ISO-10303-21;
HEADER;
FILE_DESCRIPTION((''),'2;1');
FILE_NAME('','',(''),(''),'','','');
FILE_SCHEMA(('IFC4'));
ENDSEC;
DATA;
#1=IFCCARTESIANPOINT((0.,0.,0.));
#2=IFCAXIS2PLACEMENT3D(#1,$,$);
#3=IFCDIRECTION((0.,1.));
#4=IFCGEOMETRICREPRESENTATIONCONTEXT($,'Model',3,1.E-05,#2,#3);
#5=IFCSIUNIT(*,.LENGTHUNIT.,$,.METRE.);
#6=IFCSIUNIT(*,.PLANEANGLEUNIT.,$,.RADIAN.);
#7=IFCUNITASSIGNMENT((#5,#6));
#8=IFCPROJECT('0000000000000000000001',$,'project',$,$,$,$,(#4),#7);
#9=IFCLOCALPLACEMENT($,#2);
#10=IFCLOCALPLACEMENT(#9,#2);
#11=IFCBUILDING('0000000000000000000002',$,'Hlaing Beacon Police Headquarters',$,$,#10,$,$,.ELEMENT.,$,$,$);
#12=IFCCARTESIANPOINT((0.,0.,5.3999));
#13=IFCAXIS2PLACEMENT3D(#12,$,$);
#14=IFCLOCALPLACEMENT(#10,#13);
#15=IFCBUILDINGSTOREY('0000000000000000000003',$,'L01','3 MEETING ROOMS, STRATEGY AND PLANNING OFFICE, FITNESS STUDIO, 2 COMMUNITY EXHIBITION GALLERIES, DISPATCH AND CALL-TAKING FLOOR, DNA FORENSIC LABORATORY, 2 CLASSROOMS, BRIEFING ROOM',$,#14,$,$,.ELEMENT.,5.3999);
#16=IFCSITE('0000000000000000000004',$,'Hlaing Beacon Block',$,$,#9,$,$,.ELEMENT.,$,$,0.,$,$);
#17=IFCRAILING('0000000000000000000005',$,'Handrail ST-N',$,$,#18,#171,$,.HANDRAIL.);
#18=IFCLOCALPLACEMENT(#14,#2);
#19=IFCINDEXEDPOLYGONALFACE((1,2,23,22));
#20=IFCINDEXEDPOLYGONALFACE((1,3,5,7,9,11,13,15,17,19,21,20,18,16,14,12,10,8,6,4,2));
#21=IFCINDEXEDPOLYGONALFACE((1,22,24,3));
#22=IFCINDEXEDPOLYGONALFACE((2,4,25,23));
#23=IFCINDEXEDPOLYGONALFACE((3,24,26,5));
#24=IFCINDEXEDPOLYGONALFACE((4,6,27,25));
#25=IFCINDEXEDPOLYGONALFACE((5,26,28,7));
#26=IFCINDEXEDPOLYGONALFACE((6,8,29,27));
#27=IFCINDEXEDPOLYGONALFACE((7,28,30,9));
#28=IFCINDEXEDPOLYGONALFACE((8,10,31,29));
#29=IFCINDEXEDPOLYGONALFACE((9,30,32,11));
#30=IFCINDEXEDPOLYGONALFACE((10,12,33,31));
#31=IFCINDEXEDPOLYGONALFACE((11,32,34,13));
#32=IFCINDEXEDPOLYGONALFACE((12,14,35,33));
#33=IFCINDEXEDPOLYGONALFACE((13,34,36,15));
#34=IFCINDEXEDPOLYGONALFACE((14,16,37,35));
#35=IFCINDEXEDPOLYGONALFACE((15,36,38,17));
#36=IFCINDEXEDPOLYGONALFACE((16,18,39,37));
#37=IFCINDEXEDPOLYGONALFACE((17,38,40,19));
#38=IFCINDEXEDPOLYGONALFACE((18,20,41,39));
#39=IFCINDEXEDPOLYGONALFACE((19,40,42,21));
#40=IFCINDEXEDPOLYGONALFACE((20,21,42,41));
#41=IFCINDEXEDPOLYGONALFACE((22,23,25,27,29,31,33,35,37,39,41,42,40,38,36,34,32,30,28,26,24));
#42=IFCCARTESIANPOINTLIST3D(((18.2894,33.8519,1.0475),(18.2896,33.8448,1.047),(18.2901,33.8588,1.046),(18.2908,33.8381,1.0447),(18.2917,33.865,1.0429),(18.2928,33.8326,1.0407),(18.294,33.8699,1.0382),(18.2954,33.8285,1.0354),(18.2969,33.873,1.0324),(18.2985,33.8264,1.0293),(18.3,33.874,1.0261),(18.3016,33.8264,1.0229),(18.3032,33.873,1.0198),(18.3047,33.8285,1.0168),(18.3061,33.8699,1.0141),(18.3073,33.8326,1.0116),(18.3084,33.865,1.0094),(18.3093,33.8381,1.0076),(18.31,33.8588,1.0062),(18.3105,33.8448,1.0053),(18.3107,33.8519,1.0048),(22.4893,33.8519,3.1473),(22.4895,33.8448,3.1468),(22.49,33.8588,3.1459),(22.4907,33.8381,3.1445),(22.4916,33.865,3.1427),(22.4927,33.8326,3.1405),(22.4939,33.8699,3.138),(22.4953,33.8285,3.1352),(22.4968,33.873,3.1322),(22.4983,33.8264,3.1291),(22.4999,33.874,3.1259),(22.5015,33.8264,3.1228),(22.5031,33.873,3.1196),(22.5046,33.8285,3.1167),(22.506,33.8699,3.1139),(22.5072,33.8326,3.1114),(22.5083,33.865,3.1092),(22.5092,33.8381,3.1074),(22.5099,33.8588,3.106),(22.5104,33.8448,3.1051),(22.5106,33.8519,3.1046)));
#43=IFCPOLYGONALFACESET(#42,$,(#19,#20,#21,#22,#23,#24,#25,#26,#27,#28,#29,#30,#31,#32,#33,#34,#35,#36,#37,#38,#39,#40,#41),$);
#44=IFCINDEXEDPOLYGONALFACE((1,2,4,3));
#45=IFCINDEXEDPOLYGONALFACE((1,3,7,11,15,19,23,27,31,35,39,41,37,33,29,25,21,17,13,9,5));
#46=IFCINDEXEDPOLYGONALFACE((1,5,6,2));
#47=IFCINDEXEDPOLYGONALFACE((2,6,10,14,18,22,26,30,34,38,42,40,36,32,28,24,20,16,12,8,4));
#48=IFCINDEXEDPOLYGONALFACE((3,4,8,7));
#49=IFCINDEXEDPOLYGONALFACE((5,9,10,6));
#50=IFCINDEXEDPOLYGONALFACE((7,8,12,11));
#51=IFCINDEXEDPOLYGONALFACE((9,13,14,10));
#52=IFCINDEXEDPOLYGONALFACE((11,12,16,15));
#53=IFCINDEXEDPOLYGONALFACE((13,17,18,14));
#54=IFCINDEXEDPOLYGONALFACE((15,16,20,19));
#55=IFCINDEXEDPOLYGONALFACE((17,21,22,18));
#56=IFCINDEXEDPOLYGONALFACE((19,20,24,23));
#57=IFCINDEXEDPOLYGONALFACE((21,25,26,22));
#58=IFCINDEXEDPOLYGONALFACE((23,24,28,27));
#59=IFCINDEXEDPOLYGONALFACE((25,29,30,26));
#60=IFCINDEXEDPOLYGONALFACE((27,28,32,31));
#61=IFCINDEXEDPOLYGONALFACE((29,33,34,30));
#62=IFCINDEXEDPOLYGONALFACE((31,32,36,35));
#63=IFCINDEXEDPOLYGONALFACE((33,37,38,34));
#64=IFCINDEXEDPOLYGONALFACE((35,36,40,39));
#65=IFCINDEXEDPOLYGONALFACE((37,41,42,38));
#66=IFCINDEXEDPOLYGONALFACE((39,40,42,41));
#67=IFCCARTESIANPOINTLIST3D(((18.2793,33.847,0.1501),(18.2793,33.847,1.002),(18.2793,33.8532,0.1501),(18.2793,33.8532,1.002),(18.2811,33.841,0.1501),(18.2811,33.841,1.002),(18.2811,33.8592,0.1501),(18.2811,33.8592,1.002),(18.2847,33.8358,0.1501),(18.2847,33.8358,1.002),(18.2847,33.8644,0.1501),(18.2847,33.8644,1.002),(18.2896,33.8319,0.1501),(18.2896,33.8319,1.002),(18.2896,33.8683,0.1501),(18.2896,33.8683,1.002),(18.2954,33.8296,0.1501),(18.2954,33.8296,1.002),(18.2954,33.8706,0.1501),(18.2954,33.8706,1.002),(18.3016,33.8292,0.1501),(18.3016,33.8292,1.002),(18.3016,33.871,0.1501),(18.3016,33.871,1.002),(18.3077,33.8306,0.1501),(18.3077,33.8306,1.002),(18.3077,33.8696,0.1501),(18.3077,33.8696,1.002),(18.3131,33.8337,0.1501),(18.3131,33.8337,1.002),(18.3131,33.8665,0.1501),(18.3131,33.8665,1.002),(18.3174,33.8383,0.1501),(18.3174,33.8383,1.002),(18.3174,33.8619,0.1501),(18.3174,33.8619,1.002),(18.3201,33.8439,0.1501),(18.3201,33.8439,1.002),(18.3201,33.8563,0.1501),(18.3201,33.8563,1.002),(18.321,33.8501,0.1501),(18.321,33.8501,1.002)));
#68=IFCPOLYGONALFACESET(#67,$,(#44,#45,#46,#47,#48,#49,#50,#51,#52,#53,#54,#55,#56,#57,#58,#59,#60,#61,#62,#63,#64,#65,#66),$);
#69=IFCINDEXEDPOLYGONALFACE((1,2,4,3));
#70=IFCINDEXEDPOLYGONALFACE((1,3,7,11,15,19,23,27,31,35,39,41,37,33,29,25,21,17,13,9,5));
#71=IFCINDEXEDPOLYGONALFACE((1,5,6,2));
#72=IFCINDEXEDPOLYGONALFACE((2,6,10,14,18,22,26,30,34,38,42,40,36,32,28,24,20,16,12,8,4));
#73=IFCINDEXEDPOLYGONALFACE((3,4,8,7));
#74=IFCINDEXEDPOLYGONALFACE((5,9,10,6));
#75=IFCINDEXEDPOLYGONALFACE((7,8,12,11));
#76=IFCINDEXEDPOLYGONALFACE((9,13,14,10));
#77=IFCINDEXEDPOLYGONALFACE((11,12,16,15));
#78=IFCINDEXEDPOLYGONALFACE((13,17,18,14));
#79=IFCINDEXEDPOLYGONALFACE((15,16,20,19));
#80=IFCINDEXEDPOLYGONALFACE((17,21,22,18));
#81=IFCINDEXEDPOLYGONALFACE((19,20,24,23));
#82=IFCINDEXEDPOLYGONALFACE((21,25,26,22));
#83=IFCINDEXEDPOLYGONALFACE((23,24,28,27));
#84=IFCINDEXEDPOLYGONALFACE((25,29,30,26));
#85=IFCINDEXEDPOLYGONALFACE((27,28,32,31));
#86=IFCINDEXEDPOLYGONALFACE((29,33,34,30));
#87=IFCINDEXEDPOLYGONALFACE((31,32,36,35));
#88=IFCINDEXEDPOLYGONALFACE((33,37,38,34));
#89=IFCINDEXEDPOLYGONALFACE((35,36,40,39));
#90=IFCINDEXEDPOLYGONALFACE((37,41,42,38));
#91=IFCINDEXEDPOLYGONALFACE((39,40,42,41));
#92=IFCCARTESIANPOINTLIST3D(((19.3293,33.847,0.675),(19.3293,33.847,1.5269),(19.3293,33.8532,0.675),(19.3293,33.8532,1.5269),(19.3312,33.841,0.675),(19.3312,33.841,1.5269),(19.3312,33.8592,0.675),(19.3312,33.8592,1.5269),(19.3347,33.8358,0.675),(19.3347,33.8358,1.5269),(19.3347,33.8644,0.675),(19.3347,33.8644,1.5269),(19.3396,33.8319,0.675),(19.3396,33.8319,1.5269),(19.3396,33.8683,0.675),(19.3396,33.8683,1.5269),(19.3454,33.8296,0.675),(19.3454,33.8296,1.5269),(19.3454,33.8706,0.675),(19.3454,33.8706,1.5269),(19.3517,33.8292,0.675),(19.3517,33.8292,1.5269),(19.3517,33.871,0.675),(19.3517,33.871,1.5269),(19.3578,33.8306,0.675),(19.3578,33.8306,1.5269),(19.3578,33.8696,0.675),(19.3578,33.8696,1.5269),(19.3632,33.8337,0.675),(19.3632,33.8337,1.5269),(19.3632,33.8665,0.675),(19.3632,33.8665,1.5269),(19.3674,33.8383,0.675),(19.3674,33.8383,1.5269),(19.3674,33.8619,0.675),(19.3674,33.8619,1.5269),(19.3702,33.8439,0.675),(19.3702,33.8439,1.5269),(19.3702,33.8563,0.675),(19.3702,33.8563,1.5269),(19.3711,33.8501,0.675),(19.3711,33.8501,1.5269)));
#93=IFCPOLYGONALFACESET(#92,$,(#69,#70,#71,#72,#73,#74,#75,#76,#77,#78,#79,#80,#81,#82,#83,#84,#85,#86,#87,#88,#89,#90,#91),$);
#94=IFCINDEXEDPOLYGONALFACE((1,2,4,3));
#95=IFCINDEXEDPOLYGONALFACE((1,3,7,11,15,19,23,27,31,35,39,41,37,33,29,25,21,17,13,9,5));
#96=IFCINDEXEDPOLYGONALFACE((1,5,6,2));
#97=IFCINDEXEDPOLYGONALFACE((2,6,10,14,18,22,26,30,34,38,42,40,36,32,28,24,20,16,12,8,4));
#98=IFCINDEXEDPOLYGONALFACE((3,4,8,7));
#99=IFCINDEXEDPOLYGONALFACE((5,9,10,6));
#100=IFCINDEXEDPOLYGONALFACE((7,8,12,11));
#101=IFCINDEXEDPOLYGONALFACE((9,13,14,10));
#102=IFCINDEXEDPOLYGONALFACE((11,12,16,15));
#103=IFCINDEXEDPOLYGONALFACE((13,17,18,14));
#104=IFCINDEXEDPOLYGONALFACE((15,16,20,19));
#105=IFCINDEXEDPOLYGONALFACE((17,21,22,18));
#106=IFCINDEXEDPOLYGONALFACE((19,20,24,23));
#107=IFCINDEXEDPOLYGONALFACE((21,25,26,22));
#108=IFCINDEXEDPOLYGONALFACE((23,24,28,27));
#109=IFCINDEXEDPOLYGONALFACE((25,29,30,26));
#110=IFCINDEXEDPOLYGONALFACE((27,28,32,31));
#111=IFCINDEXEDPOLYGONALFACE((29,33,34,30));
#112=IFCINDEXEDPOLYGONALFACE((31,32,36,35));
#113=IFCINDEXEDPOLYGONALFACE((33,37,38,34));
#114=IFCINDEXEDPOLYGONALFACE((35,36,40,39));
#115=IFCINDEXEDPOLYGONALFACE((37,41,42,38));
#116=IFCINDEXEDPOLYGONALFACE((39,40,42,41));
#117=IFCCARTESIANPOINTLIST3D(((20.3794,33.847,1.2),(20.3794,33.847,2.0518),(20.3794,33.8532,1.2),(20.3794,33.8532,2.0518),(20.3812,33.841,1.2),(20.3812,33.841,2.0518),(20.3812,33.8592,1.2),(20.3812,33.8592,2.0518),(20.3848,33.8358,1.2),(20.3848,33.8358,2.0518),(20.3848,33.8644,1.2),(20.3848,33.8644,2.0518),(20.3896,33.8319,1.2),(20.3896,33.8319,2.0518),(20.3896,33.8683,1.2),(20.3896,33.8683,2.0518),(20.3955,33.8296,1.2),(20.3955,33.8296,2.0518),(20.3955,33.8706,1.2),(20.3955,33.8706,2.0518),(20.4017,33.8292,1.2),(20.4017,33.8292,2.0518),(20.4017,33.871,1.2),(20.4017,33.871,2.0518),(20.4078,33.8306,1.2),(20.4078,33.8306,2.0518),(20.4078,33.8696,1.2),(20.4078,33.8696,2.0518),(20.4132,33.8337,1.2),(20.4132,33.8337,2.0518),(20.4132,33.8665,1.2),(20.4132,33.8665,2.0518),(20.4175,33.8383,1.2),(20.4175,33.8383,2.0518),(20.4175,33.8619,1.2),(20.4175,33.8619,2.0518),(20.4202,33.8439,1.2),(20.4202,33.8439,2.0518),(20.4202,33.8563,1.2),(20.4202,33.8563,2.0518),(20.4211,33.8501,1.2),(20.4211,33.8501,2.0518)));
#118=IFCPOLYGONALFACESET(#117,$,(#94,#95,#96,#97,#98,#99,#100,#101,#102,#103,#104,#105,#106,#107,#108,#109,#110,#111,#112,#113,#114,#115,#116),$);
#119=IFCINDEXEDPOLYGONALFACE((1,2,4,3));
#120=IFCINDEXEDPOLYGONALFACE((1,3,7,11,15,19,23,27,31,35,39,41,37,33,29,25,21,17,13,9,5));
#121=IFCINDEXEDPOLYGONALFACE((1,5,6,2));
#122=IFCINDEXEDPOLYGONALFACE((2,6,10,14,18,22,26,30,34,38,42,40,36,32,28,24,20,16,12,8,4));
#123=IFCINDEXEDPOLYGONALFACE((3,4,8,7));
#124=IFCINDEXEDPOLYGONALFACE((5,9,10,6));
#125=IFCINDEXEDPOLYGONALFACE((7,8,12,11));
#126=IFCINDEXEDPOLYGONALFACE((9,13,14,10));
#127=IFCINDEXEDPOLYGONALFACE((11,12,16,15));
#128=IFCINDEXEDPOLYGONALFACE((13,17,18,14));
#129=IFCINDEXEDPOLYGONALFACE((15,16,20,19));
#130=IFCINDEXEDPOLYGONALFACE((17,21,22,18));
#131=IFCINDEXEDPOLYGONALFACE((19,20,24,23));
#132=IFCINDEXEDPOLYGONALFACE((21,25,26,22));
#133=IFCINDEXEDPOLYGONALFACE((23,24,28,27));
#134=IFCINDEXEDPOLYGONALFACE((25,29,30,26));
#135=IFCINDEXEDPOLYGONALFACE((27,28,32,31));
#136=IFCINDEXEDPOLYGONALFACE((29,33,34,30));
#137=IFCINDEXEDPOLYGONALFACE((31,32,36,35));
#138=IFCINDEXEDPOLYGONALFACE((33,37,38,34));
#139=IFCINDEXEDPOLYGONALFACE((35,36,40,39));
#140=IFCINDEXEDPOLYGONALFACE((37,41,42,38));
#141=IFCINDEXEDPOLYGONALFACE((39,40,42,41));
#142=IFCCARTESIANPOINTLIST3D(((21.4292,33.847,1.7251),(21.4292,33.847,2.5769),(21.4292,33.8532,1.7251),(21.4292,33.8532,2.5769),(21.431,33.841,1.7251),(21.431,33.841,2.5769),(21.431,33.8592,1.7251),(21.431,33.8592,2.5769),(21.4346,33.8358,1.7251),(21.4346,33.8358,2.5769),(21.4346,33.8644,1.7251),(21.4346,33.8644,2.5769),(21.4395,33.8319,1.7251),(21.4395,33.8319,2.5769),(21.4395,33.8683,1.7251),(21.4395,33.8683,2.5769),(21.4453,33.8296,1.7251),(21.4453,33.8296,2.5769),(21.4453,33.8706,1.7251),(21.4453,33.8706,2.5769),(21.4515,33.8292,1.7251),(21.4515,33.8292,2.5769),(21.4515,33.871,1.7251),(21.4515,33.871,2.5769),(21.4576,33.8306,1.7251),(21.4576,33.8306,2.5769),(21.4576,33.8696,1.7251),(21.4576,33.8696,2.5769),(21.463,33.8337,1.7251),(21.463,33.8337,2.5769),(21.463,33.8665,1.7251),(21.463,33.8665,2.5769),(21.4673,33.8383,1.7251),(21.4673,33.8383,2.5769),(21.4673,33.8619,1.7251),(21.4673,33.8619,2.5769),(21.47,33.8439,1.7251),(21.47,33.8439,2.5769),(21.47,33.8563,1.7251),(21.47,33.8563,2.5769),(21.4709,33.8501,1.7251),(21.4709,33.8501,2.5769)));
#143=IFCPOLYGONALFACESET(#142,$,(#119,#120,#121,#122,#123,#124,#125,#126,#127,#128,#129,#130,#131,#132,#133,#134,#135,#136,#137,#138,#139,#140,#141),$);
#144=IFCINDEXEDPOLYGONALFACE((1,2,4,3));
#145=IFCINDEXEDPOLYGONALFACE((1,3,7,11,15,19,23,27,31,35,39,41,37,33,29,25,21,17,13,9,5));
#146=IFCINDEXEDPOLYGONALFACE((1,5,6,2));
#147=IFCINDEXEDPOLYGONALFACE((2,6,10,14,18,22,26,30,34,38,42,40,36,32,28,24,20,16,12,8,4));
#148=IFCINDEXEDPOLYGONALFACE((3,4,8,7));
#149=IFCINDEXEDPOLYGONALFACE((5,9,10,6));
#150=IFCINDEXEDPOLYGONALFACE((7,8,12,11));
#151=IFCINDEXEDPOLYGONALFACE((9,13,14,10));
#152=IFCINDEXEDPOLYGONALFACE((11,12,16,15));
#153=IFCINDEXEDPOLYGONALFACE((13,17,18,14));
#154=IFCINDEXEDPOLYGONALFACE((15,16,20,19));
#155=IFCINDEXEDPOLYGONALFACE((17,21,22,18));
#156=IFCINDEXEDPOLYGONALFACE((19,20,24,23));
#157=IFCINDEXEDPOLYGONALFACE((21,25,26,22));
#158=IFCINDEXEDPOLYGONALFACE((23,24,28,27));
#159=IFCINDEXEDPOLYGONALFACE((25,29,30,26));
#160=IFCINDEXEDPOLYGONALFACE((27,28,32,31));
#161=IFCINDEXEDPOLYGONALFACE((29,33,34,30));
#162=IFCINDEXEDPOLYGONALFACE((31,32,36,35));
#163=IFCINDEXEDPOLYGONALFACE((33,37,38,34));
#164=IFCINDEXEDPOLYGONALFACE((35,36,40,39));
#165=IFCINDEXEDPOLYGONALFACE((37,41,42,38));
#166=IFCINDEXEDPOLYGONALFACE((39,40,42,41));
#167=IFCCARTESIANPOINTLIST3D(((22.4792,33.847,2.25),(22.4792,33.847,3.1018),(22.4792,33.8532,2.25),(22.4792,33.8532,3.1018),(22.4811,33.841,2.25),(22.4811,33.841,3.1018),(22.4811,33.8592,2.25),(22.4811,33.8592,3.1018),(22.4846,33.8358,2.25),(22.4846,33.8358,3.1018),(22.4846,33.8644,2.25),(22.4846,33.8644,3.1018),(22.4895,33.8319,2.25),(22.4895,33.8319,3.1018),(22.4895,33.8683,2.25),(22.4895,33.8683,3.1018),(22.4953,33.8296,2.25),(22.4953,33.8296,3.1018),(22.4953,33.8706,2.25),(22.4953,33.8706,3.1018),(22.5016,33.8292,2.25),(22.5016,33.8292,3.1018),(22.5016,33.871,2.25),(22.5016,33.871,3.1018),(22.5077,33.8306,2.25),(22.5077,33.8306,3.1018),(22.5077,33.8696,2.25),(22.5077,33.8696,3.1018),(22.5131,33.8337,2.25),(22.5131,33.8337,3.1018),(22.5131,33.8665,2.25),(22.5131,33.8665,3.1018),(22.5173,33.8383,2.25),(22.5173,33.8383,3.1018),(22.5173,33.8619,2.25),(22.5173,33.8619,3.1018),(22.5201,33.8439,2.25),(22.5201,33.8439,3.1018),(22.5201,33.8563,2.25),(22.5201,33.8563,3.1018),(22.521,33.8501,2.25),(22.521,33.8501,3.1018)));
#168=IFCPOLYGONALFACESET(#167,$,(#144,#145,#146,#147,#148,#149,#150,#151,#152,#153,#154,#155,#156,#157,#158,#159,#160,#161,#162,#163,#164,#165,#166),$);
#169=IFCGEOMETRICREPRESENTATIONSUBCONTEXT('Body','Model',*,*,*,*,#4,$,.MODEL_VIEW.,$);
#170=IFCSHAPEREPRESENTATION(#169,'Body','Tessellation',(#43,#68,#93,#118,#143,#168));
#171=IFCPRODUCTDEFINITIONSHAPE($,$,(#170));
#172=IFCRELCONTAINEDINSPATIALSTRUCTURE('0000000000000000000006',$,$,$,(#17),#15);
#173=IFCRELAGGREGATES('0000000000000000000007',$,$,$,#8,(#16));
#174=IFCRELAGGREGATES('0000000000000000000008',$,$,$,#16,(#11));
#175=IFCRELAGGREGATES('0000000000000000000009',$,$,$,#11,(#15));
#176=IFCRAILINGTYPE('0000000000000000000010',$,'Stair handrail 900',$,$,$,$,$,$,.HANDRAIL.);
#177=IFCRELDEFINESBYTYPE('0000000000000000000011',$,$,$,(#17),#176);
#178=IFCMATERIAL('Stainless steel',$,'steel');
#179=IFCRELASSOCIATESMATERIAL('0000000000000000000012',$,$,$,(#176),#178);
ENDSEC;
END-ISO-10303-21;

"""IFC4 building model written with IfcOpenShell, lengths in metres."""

from ifc_helpers import new_model, si_unit, direction, frame, origin, origin_2d, place, context, subcontext, project, spatial, circle, extrude, material, type_object, element, save


model = new_model("IFC4")

# Units and contexts
model_context = context("Model", 3, precision=1e-05, world=origin(), true_north=direction((0.0, 1.0)))
body_context = subcontext(model_context, "Body", "Model", "MODEL_VIEW")
ifc_project = project(units=[si_unit("LENGTHUNIT", "METRE"), si_unit("PLANEANGLEUNIT", "RADIAN")], contexts=[model_context])

# Site, building, storey
site_placement = place(None, origin())
site = spatial("IfcSite", under=ifc_project, at=site_placement, Name="Hlaing Beacon Block", CompositionType="ELEMENT", RefElevation=0.0)
building_placement = place(site_placement, origin())
building = spatial("IfcBuilding", under=site, at=building_placement, Name="Hlaing Beacon Police Headquarters", CompositionType="ELEMENT")
storey_placement = place(building_placement, frame((0.0, 0.0, 5.3999)))
storey = spatial("IfcBuildingStorey", under=building, at=storey_placement, Name="L01", Description="3 MEETING ROOMS, STRATEGY AND PLANNING OFFICE, FITNESS STUDIO, 2 COMMUNITY EXHIBITION GALLERIES, DISPATCH AND CALL-TAKING FLOOR, DNA FORENSIC LABORATORY, 2 CLASSROOMS, BRIEFING ROOM", CompositionType="ELEMENT", Elevation=5.3999)

# Railing
ifc_material_1 = material(Name="Stainless steel", Category="steel")
railing_type_1 = type_object("IfcRailingType", Name="Stair handrail 900", PredefinedType="HANDRAIL", material=ifc_material_1)
for number, where, name in (
    (1, (18.3, 33.8501, 0.1501), "Handrail ST-N"),
):
    element("IfcRailing", number, at=place(storey_placement, frame(where)), inside=storey, type_object=railing_type_1, Name=name, PredefinedType="HANDRAIL", context=body_context, shape_type="SweptSolid", body=[
        extrude(circle(Radius=0.0239, at=origin_2d()), frame((0.0, 0.0, 0.876), z_axis=(0.894438, 0.0, 0.447193), x_axis=(0.0, 1.0, 0.0)), (0.0, 0.0, 1.0), 4.6956),
        extrude(circle(Radius=0.021, at=origin_2d()), origin(), (0.0, 0.0, 1.0), 0.8518),
        extrude(circle(Radius=0.021, at=origin_2d()), frame((1.05, 0.0, 0.5249)), (0.0, 0.0, 1.0), 0.8518),
        extrude(circle(Radius=0.021, at=origin_2d()), frame((2.1001, 0.0, 1.0498)), (0.0, 0.0, 1.0), 0.8518),
        extrude(circle(Radius=0.021, at=origin_2d()), frame((3.1499, 0.0, 1.575)), (0.0, 0.0, 1.0), 0.8518),
        extrude(circle(Radius=0.021, at=origin_2d()), frame((4.2, 0.0, 2.0999)), (0.0, 0.0, 1.0), 0.8518),
    ])

save(model, "model.ifc")
